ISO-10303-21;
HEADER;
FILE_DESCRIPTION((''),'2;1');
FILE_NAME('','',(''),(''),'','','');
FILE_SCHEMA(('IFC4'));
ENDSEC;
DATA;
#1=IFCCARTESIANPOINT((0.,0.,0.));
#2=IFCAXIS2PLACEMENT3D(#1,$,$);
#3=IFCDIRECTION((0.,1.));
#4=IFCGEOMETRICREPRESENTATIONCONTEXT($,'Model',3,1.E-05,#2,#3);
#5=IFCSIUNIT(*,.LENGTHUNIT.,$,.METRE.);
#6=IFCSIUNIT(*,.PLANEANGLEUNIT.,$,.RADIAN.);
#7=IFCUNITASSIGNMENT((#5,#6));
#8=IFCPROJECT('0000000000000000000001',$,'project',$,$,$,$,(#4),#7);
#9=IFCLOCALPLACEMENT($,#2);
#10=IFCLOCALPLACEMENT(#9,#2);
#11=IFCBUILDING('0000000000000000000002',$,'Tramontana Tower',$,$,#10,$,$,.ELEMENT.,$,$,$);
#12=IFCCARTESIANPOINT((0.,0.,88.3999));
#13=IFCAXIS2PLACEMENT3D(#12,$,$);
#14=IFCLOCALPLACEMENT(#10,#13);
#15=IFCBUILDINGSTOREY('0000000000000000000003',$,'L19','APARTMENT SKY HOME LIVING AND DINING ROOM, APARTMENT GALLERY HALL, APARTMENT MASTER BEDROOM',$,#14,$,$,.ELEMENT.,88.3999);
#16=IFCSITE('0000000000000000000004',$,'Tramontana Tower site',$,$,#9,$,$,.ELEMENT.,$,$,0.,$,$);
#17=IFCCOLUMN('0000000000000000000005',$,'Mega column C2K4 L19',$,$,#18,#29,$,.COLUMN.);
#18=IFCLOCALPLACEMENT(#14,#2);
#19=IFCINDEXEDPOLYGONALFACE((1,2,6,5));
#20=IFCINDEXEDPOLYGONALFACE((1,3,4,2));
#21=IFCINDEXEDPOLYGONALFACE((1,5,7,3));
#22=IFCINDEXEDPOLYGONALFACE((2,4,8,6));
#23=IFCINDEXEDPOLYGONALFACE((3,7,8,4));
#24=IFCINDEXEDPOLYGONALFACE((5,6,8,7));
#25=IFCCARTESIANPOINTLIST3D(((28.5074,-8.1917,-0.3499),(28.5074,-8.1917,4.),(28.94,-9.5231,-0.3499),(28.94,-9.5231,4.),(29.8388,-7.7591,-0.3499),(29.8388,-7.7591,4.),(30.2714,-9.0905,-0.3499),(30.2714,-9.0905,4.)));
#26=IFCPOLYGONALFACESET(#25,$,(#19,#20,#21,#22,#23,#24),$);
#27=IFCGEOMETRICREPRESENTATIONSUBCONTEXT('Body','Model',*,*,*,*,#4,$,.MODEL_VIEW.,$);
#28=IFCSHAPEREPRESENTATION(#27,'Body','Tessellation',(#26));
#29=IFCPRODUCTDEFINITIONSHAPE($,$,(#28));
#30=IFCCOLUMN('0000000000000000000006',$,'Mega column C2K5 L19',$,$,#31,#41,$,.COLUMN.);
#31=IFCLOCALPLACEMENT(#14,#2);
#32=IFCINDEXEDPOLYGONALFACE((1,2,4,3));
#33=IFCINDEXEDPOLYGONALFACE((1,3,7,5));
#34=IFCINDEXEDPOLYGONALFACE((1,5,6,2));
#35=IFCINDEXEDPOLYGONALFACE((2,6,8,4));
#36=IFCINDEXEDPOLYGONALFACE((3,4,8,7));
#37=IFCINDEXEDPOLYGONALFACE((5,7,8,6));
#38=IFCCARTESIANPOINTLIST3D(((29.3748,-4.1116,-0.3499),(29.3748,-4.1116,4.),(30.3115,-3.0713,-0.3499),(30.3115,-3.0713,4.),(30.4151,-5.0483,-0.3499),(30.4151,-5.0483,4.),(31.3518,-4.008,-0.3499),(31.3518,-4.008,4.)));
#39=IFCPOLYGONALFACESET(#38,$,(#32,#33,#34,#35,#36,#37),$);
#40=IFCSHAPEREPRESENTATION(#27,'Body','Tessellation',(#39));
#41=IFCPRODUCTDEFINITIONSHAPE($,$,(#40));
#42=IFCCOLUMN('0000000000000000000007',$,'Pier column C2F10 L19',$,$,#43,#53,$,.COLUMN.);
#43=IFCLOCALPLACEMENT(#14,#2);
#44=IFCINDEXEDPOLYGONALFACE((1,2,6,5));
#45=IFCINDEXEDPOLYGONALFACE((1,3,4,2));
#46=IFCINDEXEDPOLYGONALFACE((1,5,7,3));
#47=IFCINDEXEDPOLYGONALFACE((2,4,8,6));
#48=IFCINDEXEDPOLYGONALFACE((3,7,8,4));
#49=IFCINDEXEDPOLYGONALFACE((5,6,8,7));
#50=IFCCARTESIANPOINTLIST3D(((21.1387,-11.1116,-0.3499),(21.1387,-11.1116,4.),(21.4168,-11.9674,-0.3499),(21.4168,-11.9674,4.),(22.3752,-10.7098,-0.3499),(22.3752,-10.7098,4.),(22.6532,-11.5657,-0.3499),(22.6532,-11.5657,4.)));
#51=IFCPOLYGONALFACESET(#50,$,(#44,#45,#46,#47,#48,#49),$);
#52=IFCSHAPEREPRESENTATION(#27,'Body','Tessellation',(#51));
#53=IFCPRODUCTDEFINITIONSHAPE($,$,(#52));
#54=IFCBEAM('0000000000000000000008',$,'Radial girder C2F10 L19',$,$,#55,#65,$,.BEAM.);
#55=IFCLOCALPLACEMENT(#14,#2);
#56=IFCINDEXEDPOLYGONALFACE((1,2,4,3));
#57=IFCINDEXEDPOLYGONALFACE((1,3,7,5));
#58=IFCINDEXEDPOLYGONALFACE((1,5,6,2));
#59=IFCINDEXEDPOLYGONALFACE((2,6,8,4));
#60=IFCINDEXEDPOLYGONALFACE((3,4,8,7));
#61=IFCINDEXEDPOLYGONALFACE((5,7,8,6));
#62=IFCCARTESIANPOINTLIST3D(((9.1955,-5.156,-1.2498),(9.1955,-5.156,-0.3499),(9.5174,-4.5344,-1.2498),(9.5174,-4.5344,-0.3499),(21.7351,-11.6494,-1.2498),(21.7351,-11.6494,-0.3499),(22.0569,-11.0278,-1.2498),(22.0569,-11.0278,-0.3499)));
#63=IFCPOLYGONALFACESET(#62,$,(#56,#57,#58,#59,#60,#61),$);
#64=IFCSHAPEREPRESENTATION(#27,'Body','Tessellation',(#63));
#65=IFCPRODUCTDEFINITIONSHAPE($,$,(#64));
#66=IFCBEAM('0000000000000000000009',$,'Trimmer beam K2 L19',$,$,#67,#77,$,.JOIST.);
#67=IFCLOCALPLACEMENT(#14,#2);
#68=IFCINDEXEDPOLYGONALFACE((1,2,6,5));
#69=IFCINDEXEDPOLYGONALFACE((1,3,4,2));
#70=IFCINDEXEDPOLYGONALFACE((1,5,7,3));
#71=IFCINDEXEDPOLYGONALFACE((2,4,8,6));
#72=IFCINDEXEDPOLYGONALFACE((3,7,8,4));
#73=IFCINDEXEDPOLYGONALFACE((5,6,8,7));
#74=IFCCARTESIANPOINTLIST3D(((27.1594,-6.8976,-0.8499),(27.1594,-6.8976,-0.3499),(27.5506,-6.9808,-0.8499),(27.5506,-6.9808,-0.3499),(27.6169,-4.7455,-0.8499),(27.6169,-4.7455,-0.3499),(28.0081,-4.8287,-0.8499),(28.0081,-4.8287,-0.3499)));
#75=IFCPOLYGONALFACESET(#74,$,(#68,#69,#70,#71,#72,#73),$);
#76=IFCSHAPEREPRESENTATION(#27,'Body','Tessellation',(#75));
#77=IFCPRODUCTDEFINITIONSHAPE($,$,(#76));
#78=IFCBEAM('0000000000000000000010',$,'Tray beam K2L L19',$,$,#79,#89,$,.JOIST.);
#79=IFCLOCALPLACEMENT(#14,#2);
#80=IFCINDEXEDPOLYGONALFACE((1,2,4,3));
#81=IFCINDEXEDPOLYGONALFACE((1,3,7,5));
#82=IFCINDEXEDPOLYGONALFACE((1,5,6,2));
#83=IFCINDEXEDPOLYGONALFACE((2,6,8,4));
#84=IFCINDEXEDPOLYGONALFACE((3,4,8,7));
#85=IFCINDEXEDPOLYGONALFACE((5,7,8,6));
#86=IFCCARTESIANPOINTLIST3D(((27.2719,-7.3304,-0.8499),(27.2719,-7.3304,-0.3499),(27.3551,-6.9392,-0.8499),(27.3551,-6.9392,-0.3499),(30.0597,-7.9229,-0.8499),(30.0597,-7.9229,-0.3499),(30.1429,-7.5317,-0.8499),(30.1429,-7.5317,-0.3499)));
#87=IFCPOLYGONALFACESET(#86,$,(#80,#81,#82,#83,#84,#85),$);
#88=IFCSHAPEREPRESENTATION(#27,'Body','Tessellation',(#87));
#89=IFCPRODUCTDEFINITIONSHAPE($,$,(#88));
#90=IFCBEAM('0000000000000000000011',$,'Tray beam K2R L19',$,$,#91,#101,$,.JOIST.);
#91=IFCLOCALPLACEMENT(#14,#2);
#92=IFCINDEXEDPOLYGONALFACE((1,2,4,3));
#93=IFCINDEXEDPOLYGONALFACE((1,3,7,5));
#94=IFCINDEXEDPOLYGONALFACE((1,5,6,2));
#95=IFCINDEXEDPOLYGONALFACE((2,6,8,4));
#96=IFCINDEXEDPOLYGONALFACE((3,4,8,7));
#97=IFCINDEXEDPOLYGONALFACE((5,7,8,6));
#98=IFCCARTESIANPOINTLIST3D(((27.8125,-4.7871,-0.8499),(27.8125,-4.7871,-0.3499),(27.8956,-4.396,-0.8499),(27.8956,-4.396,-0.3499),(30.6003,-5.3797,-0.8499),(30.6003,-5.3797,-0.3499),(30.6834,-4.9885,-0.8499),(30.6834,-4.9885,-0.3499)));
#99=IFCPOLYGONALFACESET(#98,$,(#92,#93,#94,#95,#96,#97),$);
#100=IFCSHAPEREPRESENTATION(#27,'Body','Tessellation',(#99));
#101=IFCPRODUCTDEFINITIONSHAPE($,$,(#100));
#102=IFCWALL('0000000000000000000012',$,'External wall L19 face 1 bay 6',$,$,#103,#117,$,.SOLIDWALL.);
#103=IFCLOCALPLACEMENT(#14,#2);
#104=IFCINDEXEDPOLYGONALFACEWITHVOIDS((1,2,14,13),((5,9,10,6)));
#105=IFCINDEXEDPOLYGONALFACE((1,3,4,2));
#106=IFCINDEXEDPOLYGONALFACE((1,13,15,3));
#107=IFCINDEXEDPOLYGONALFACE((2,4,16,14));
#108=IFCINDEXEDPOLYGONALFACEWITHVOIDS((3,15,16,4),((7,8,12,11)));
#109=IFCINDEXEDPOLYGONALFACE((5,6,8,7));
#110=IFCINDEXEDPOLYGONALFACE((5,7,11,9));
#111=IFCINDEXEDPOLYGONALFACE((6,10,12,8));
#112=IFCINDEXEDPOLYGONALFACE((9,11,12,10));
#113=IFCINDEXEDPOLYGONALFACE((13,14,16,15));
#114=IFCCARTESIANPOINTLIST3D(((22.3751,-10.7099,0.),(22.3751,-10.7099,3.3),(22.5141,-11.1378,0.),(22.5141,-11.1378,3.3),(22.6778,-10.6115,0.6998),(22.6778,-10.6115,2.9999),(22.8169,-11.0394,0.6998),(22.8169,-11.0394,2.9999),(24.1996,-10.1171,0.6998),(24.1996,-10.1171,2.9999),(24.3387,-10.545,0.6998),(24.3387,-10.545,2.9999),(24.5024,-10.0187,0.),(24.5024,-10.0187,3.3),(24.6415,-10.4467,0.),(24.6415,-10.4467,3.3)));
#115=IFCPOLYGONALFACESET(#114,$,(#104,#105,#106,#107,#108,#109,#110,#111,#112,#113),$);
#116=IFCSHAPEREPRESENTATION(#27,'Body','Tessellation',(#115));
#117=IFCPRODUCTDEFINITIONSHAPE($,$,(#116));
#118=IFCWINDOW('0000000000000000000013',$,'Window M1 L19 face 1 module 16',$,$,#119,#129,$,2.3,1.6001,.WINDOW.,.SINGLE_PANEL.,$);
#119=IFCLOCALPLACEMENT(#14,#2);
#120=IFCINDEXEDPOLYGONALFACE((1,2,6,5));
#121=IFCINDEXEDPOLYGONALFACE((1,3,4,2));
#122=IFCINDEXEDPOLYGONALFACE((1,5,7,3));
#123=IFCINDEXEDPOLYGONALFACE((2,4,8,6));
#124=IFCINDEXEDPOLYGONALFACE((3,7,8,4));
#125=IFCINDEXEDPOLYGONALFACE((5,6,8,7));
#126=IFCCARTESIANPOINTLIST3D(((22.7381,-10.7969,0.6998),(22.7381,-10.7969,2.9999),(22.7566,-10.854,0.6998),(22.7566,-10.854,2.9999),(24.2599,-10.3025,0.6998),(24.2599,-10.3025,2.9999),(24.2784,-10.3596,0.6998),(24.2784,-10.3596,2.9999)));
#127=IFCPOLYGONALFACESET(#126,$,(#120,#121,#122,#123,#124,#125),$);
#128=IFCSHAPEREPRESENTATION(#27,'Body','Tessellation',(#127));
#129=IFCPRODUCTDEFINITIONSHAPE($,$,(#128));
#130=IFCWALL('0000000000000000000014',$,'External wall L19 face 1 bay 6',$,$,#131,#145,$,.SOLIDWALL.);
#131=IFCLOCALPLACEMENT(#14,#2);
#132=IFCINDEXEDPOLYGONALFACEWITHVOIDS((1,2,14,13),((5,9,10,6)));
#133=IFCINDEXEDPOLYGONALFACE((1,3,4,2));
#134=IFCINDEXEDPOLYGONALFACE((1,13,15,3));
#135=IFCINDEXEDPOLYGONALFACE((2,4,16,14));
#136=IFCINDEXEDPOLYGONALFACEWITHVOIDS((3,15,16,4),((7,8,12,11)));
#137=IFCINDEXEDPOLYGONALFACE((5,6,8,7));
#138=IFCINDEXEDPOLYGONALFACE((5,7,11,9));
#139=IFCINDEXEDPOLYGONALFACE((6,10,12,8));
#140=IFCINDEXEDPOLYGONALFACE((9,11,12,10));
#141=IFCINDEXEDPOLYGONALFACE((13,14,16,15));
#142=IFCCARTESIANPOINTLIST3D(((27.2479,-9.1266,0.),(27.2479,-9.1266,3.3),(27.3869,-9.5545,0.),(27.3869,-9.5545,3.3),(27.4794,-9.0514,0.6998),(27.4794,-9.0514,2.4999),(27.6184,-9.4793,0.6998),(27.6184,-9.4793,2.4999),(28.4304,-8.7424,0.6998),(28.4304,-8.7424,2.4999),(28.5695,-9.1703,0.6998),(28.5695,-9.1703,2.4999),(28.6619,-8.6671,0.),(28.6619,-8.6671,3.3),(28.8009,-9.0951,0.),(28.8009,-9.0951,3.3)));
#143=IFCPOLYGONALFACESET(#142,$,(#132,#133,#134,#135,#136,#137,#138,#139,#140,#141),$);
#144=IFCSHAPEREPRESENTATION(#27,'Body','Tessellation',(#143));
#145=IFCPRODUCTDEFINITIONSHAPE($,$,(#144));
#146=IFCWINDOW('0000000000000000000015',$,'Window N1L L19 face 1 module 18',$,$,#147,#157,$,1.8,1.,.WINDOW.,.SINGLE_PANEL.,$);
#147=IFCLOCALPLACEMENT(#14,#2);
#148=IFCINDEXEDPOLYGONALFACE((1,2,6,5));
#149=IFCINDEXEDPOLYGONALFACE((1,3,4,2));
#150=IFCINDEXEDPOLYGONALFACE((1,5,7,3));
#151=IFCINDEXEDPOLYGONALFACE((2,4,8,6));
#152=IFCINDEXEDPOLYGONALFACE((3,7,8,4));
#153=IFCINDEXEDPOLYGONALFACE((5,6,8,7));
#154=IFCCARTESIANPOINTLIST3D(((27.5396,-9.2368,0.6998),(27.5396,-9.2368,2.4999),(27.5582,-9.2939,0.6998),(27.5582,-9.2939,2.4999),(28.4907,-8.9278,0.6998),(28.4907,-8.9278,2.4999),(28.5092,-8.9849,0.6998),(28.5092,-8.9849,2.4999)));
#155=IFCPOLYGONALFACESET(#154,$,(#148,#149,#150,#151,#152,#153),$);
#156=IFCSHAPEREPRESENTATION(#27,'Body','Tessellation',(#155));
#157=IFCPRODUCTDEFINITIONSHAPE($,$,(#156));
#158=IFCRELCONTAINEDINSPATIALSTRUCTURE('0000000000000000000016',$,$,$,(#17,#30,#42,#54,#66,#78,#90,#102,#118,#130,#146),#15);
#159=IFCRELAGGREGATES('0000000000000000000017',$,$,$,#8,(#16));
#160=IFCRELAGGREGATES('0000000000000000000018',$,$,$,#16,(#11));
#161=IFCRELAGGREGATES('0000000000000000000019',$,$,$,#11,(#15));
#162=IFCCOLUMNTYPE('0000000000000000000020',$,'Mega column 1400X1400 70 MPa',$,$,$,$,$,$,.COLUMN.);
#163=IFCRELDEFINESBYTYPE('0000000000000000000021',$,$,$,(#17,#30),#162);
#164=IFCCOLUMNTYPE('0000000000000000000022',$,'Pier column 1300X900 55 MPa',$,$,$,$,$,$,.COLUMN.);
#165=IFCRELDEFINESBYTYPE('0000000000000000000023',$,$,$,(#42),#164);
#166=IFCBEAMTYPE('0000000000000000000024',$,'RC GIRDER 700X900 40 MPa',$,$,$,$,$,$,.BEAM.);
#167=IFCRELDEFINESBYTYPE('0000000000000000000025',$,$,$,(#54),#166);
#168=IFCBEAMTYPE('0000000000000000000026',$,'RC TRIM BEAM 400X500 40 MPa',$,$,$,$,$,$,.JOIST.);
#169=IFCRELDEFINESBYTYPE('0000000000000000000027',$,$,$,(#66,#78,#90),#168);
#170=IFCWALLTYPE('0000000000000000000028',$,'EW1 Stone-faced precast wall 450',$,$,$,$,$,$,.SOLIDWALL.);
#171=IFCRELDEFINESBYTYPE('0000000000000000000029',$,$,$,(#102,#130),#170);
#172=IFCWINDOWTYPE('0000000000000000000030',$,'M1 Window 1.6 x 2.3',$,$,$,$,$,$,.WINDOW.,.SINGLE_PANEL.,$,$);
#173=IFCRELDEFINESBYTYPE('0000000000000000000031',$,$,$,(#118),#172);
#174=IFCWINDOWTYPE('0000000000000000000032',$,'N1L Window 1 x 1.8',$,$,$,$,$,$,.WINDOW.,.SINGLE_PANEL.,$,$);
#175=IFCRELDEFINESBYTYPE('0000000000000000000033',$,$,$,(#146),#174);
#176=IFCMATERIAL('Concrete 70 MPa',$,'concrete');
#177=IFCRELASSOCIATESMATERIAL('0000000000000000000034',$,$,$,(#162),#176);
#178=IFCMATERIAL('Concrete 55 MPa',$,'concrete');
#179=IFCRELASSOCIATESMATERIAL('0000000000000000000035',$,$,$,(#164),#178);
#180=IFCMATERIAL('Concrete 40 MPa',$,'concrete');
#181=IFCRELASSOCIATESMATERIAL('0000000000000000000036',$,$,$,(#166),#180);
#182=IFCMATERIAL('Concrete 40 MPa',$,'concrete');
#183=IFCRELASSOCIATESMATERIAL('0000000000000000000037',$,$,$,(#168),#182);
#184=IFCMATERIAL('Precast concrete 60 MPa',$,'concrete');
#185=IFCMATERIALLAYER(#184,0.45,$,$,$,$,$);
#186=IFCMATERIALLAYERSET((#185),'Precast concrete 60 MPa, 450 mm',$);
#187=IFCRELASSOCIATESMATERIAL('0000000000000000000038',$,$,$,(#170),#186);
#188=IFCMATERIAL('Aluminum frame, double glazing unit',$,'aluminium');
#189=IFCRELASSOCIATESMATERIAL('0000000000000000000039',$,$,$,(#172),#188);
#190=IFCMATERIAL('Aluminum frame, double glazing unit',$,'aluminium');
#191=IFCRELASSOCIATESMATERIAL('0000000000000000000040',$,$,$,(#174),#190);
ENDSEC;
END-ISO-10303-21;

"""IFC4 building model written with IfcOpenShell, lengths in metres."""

from ifc_helpers import new_model, si_unit, direction, frame, frame_2d, origin, origin_2d, place, context, subcontext, project, spatial, rectangle, extrude, material, layer, layer_set, material_profile, profile_set, type_object, element, fill, save


model = new_model("IFC4")

# Units and contexts
model_context = context("Model", 3, precision=1e-05, world=origin(), true_north=direction((0.0, 1.0)))
body_context = subcontext(model_context, "Body", "Model", "MODEL_VIEW")
ifc_project = project(units=[si_unit("LENGTHUNIT", "METRE"), si_unit("PLANEANGLEUNIT", "RADIAN")], contexts=[model_context])

# Site, building, storey
site_placement = place(None, origin())
site = spatial("IfcSite", under=ifc_project, at=site_placement, Name="Tramontana Tower site", CompositionType="ELEMENT", RefElevation=0.0)
building_placement = place(site_placement, origin())
building = spatial("IfcBuilding", under=site, at=building_placement, Name="Tramontana Tower", CompositionType="ELEMENT")
storey_placement = place(building_placement, frame((0.0, 0.0, 88.3999)))
storey = spatial("IfcBuildingStorey", under=building, at=storey_placement, Name="L19", Description="APARTMENT SKY HOME LIVING AND DINING ROOM, APARTMENT GALLERY HALL, APARTMENT MASTER BEDROOM", CompositionType="ELEMENT", Elevation=88.3999)

# Columns
ifc_material_1 = material(Name="Concrete 70 MPa", Category="concrete")
ifc_material_profile_1 = material_profile(ifc_material_1, rectangle(XDim=1.3999, YDim=1.3999, at=origin_2d()), Name="Mega column 1400X1400 70 MPa")
ifc_profile_set_1 = profile_set([ifc_material_profile_1], Name="Concrete 70 MPa")
column_type_1 = type_object("IfcColumnType", Name="Mega column 1400X1400 70 MPa", PredefinedType="COLUMN", material=ifc_profile_set_1)
for number, where, z_axis, x_axis, name in (
    (1, (29.3894, -8.6411, -0.3499), (0.0, 0.0, 1.0), (0.951057, 0.309017, 0.0), "Mega column C2K4 L19"),
    (2, (30.3633, -4.0598, -0.3499), (0.0, 0.0, 1.0), (-0.743145, 0.669131, 0.0), "Mega column C2K5 L19"),
):
    element("IfcColumn", number, at=place(storey_placement, frame(where, z_axis=z_axis, x_axis=x_axis)), inside=storey, type_object=column_type_1, Name=name, PredefinedType="COLUMN", context=body_context, shape_type="SweptSolid", body=[
        extrude(rectangle(XDim=1.3999, YDim=1.3999, at=origin_2d()), origin(), (0.0, 0.0, 1.0), 4.3499),
    ])
ifc_material_2 = material(Name="Concrete 55 MPa", Category="concrete")
ifc_material_profile_2 = material_profile(ifc_material_2, rectangle(XDim=1.3, YDim=0.8999, at=origin_2d()), Name="Pier column 1300X900 55 MPa")
ifc_profile_set_2 = profile_set([ifc_material_profile_2], Name="Concrete 55 MPa")
column_type_2 = type_object("IfcColumnType", Name="Pier column 1300X900 55 MPa", PredefinedType="COLUMN", material=ifc_profile_set_2)
column_placement = place(storey_placement, frame((21.896, -11.3386, -0.3499), z_axis=(0.0, 0.0, 1.0), x_axis=(0.951057, 0.309017, 0.0)))
element("IfcColumn", 3, at=column_placement, inside=storey, type_object=column_type_2, Name="Pier column C2F10 L19", PredefinedType="COLUMN", context=body_context, shape_type="SweptSolid", body=[
    extrude(rectangle(XDim=1.3, YDim=0.8999, at=origin_2d()), origin(), (0.0, 0.0, 1.0), 4.3499),
])

# Beams
ifc_material_3 = material(Name="Concrete 40 MPa", Category="concrete")
ifc_material_profile_3 = material_profile(ifc_material_3, rectangle(XDim=0.7, YDim=0.8999, at=origin_2d()), Name="RC GIRDER 700X900 40 MPa")
ifc_profile_set_3 = profile_set([ifc_material_profile_3], Name="Concrete 40 MPa")
beam_type_1 = type_object("IfcBeamType", Name="RC GIRDER 700X900 40 MPa", PredefinedType="BEAM", material=ifc_profile_set_3)
beam_1_placement = place(storey_placement, frame((21.896, -11.3386, -0.7998), z_axis=(-0.888003, 0.459838, 0.0), x_axis=(-0.459838, -0.888003, 0.0)))
element("IfcBeam", 4, at=beam_1_placement, inside=storey, type_object=beam_type_1, Name="Radial girder C2F10 L19", PredefinedType="BEAM", context=body_context, shape_type="SweptSolid", body=[
    extrude(rectangle(XDim=0.7, YDim=0.8999, at=origin_2d()), origin(), (0.0, 0.0, 1.0), 14.1211),
])
ifc_material_4 = material(Name="Concrete 40 MPa", Category="concrete")
ifc_material_profile_4 = material_profile(ifc_material_4, rectangle(XDim=0.3999, YDim=0.5, at=origin_2d()), Name="RC TRIM BEAM 400X500 40 MPa")
ifc_profile_set_4 = profile_set([ifc_material_profile_4], Name="Concrete 40 MPa")
beam_type_2 = type_object("IfcBeamType", Name="RC TRIM BEAM 400X500 40 MPa", PredefinedType="JOIST", material=ifc_profile_set_4)
beam_2_placement = place(storey_placement, frame((27.355, -6.9392, -0.5999), z_axis=(0.207945, 0.978141, 0.0), x_axis=(-0.978141, 0.207945, 0.0)))
element("IfcBeam", 5, at=beam_2_placement, inside=storey, type_object=beam_type_2, Name="Trimmer beam K2 L19", PredefinedType="JOIST", context=body_context, shape_type="SweptSolid", body=[
    extrude(rectangle(XDim=0.3999, YDim=0.5, at=origin_2d()), origin(), (0.0, 0.0, 1.0), 2.2002),
])
for number, where, z_axis, x_axis, name in (
    (6, (30.1013, -7.7273, -0.5999), (-0.978151, 0.207897, 0.0), (-0.207897, -0.978151, 0.0), "Tray beam K2L L19"),
    (7, (30.6418, -5.1841, -0.5999), (-0.978151, 0.207897, 0.0), (-0.207897, -0.978151, 0.0), "Tray beam K2R L19"),
):
    element("IfcBeam", number, at=place(storey_placement, frame(where, z_axis=z_axis, x_axis=x_axis)), inside=storey, type_object=beam_type_2, Name=name, PredefinedType="JOIST", context=body_context, shape_type="SweptSolid", body=[
        extrude(rectangle(XDim=0.3999, YDim=0.5, at=origin_2d()), origin(), (0.0, 0.0, 1.0), 2.8501),
    ])

# Walls, openings, windows
ifc_material_5 = material(Name="Precast concrete 60 MPa", Category="concrete")
ifc_layer_1 = layer(ifc_material_5, 0.45)
ifc_layer_set_1 = layer_set([ifc_layer_1], Name="Precast concrete 60 MPa, 450 mm")
wall_type_1 = type_object("IfcWallType", Name="EW1 Stone-faced precast wall 450", PredefinedType="SOLIDWALL", material=ifc_layer_set_1)
wall_1_placement = place(storey_placement, frame((22.4446, -10.9238, 0.0), z_axis=(0.0, 0.0, 1.0), x_axis=(0.951068, 0.308982, 0.0)))
wall_1 = element("IfcWall", 8, at=wall_1_placement, inside=storey, type_object=wall_type_1, Name="External wall L19 face 1 bay 6", PredefinedType="SOLIDWALL", context=body_context, shape_type="SweptSolid", body=[
    extrude(rectangle(XDim=2.2368, YDim=0.45, at=frame_2d((1.1184, 0.0))), origin(), (0.0, 0.0, 1.0), 3.3),
])
opening_1_placement = place(wall_1_placement, frame((0.3184, 0.0, 0.7)))
opening_1 = element("IfcOpeningElement", 9, at=opening_1_placement, cuts=wall_1, PredefinedType="OPENING", context=body_context, shape_type="SweptSolid", body=[
    extrude(rectangle(XDim=1.6001, YDim=2.3, at=frame_2d((0.8, 1.1499))), frame((0.0, 0.2349, 0.0), z_axis=(0.0, -1.0, 0.0), x_axis=(1.0, 0.0, 0.0)), (0.0, 0.0, 1.0), 0.47),
])
ifc_material_6 = material(Name="Aluminum frame, double glazing unit", Category="aluminium")
window_type_1 = type_object("IfcWindowType", Name="M1 Window 1.6 x 2.3", PartitioningType="SINGLE_PANEL", PredefinedType="WINDOW", material=ifc_material_6)
window_1_placement = place(opening_1_placement, origin())
window_1 = element("IfcWindow", 10, at=window_1_placement, inside=storey, type_object=window_type_1, Name="Window M1 L19 face 1 module 16", OverallHeight=2.3, OverallWidth=1.6001, PartitioningType="SINGLE_PANEL", PredefinedType="WINDOW", context=body_context, shape_type="SweptSolid", body=[
    extrude(rectangle(XDim=1.6001, YDim=2.3, at=frame_2d((0.8, 1.1499))), frame((0.0, 0.03, 0.0), z_axis=(0.0, -1.0, 0.0), x_axis=(1.0, 0.0, 0.0)), (0.0, 0.0, 1.0), 0.0601),
])
fill(opening_1, window_1)
wall_2_placement = place(storey_placement, frame((27.3174, -9.3406, 0.0), z_axis=(0.0, 0.0, 1.0), x_axis=(0.951053, 0.309027, 0.0)))
wall_2 = element("IfcWall", 11, at=wall_2_placement, inside=storey, type_object=wall_type_1, Name="External wall L19 face 1 bay 6", PredefinedType="SOLIDWALL", context=body_context, shape_type="SweptSolid", body=[
    extrude(rectangle(XDim=1.4868, YDim=0.45, at=frame_2d((0.7434, 0.0))), origin(), (0.0, 0.0, 1.0), 3.3),
])
opening_2_placement = place(wall_2_placement, frame((0.2434, 0.0, 0.7)))
opening_2 = element("IfcOpeningElement", 12, at=opening_2_placement, cuts=wall_2, PredefinedType="OPENING", context=body_context, shape_type="SweptSolid", body=[
    extrude(rectangle(XDim=1.0, YDim=1.8, at=frame_2d((0.5, 0.8999))), frame((0.0, 0.2349, 0.0), z_axis=(0.0, -1.0, 0.0), x_axis=(1.0, 0.0, 0.0)), (0.0, 0.0, 1.0), 0.47),
])
ifc_material_7 = material(Name="Aluminum frame, double glazing unit", Category="aluminium")
window_type_2 = type_object("IfcWindowType", Name="N1L Window 1 x 1.8", PartitioningType="SINGLE_PANEL", PredefinedType="WINDOW", material=ifc_material_7)
window_2_placement = place(opening_2_placement, origin())
window_2 = element("IfcWindow", 13, at=window_2_placement, inside=storey, type_object=window_type_2, Name="Window N1L L19 face 1 module 18", OverallHeight=1.8, OverallWidth=1.0, PartitioningType="SINGLE_PANEL", PredefinedType="WINDOW", context=body_context, shape_type="SweptSolid", body=[
    extrude(rectangle(XDim=1.0, YDim=1.8, at=frame_2d((0.5, 0.8999))), frame((0.0, 0.03, 0.0), z_axis=(0.0, -1.0, 0.0), x_axis=(1.0, 0.0, 0.0)), (0.0, 0.0, 1.0), 0.0601),
])
fill(opening_2, window_2)

save(model, "model.ifc")
